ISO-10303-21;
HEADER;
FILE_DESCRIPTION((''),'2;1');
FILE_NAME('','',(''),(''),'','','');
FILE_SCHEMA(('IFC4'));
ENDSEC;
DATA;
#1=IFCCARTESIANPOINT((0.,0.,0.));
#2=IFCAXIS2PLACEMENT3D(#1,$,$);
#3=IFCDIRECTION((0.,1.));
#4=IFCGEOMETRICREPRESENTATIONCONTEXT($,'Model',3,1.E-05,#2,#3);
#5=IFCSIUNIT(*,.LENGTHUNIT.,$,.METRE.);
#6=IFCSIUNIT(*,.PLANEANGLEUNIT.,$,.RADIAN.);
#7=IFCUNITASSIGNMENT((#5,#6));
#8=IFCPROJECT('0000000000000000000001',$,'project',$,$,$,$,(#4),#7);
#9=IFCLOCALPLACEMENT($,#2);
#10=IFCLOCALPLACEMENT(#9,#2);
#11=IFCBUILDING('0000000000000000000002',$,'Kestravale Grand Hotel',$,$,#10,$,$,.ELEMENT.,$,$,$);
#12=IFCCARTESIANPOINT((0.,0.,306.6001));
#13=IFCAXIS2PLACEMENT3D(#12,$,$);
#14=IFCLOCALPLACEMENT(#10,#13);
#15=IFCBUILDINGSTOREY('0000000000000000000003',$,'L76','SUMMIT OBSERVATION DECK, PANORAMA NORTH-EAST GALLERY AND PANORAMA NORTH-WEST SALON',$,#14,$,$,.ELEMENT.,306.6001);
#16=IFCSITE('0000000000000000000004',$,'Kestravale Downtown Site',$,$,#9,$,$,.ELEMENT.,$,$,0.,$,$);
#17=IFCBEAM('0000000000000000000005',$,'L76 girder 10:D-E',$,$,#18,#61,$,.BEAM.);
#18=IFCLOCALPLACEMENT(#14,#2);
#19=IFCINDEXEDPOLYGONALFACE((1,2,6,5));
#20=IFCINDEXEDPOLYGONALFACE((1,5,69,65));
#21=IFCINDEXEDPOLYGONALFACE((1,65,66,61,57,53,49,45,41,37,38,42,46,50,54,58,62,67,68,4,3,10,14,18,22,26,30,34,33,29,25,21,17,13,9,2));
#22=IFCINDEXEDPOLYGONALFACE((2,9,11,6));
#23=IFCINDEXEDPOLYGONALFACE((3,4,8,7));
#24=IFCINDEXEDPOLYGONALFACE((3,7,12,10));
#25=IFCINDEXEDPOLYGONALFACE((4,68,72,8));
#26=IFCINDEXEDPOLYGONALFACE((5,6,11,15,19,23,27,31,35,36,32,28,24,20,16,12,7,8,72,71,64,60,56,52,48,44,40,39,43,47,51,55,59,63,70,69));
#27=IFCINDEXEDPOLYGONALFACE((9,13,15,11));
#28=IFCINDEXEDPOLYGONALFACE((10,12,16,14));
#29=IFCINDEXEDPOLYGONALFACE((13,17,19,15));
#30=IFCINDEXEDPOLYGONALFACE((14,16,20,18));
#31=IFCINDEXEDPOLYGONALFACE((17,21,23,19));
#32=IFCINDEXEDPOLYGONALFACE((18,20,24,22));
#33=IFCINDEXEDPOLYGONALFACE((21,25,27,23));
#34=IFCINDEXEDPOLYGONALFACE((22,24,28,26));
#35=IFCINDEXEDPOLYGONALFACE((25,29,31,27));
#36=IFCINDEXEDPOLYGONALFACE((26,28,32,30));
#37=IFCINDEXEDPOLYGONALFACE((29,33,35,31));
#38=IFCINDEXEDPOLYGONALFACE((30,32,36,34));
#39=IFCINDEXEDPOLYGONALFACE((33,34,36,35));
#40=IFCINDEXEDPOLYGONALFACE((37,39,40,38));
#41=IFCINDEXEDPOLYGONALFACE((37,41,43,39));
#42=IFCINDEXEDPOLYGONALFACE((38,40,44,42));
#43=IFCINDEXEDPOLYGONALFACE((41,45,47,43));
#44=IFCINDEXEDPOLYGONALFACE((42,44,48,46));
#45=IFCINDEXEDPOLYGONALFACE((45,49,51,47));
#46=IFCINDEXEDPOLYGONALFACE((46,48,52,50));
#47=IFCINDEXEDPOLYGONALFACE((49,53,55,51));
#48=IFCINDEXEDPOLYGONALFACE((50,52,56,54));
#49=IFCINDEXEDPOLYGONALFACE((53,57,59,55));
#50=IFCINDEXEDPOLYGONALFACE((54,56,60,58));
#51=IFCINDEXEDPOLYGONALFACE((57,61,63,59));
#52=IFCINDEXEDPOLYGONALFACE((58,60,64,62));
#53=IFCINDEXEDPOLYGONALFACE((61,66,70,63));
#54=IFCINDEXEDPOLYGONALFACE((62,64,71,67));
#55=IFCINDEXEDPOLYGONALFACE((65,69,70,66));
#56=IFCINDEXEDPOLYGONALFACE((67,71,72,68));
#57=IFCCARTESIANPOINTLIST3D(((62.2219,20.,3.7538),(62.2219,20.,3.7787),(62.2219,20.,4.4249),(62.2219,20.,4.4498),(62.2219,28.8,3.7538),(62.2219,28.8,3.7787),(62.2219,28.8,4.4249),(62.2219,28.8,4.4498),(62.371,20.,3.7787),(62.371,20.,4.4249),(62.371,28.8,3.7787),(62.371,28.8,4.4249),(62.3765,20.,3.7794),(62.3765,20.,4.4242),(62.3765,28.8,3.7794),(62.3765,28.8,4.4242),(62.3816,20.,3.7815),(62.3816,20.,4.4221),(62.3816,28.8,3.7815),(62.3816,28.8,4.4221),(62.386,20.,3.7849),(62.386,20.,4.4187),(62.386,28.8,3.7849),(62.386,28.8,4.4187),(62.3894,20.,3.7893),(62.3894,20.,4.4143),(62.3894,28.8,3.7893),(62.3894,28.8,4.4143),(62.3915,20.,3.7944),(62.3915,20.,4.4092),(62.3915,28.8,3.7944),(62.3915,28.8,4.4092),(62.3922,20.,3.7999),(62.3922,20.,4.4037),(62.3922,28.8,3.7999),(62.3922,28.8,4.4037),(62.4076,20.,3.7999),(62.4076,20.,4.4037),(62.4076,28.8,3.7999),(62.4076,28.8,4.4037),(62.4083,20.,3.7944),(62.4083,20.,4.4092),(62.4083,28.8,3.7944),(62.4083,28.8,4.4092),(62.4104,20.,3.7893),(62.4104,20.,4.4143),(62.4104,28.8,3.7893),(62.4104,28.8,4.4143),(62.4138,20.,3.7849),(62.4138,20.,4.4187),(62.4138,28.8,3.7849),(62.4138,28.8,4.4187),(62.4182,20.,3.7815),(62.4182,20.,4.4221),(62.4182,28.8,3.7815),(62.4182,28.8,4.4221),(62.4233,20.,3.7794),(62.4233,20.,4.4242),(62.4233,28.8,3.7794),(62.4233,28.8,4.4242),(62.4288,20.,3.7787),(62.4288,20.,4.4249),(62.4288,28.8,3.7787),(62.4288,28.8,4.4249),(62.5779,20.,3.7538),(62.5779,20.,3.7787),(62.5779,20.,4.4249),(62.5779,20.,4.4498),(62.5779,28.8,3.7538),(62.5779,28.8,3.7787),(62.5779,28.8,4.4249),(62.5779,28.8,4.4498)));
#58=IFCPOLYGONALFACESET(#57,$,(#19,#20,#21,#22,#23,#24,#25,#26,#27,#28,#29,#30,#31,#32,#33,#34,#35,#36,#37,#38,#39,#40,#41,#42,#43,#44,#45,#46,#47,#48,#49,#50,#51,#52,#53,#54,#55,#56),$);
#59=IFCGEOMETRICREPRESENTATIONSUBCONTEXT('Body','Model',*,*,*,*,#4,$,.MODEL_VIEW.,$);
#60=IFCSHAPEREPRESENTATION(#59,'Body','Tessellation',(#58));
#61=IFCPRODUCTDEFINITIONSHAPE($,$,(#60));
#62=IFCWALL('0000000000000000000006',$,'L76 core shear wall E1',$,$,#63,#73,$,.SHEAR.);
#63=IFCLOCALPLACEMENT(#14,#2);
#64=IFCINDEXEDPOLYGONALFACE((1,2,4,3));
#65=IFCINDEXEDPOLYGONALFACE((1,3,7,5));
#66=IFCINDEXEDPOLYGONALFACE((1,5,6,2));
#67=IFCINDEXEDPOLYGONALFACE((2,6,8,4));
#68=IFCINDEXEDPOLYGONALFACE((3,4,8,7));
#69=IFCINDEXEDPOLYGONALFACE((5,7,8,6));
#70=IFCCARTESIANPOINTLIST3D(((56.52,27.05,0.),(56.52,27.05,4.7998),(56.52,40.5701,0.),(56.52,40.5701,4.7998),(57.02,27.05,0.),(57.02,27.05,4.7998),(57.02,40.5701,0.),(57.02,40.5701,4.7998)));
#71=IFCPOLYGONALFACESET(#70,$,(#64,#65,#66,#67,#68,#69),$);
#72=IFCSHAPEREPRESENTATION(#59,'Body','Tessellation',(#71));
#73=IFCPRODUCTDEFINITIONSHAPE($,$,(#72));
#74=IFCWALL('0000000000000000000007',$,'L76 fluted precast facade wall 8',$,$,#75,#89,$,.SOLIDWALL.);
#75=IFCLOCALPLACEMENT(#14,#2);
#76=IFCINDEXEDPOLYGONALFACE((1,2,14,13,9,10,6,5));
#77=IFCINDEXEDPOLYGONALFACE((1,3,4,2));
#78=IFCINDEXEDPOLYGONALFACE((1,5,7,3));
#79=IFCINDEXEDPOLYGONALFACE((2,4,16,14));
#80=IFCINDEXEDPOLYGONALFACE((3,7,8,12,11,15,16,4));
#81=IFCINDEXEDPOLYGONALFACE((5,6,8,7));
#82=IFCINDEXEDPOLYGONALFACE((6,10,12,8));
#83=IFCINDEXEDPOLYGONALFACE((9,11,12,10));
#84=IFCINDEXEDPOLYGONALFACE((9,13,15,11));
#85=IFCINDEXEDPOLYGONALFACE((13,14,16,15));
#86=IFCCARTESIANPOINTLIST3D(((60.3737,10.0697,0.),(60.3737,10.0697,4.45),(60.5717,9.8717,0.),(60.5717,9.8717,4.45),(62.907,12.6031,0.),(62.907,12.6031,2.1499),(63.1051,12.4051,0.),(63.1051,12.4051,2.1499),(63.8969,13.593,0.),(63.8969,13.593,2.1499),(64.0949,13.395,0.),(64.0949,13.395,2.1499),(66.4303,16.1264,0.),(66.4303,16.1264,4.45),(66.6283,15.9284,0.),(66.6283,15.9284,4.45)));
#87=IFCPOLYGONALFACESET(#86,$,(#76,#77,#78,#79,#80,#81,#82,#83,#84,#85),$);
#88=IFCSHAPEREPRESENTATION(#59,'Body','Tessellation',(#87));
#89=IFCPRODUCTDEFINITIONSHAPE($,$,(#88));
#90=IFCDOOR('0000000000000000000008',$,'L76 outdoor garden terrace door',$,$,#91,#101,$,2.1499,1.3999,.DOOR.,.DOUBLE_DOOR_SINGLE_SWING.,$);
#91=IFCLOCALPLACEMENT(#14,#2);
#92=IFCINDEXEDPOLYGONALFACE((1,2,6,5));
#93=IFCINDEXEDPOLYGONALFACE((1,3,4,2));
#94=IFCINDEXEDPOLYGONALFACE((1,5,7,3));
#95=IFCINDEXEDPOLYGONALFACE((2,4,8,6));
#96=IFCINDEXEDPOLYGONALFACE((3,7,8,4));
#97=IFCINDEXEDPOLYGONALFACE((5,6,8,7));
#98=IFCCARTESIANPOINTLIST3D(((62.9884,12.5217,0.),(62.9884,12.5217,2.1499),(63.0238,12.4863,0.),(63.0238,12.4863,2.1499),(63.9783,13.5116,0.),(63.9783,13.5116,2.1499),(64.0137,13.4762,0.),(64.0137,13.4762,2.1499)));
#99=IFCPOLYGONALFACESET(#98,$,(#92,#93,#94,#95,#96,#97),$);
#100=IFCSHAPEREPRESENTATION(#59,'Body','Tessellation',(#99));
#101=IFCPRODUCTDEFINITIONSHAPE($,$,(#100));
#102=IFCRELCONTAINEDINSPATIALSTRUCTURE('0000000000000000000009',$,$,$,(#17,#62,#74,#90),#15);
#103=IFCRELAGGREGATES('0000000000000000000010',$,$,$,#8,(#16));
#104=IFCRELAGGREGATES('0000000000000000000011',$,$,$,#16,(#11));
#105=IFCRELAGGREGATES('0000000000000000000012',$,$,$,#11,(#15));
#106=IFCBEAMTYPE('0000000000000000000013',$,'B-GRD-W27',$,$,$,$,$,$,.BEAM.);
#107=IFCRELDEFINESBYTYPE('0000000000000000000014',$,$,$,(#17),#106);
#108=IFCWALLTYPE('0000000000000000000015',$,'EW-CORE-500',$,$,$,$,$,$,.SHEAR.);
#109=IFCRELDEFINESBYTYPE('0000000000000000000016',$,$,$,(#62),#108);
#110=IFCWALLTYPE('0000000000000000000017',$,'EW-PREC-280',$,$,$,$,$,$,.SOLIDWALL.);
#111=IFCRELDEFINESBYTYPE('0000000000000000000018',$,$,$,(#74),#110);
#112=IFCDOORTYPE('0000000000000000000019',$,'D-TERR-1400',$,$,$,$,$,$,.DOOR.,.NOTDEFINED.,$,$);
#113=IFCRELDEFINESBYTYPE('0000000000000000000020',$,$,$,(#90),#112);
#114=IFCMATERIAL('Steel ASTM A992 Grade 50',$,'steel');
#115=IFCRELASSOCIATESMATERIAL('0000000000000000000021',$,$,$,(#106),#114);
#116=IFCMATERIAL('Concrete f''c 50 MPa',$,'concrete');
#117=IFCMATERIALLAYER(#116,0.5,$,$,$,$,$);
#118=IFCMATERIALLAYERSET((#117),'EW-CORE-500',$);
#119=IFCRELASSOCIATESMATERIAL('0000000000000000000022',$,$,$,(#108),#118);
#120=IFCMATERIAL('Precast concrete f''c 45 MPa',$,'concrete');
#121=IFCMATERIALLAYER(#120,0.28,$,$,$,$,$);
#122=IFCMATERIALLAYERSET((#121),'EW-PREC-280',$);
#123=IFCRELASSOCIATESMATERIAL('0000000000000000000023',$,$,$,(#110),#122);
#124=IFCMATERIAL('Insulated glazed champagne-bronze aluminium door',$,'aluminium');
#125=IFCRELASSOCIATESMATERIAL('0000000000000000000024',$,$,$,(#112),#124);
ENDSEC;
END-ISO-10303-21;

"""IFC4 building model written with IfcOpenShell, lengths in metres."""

from ifc_helpers import new_model, si_unit, direction, frame, frame_2d, origin, origin_2d, place, context, subcontext, project, spatial, rectangle, i_section, extrude, material, layer, layer_set, material_profile, profile_set, type_object, element, fill, save


model = new_model("IFC4")

# Units and contexts
model_context = context("Model", 3, precision=1e-05, world=origin(), true_north=direction((0.0, 1.0)))
body_context = subcontext(model_context, "Body", "Model", "MODEL_VIEW")
ifc_project = project(units=[si_unit("LENGTHUNIT", "METRE"), si_unit("PLANEANGLEUNIT", "RADIAN")], contexts=[model_context])

# Site, building, storey
site_placement = place(None, origin())
site = spatial("IfcSite", under=ifc_project, at=site_placement, Name="Kestravale Downtown Site", CompositionType="ELEMENT", RefElevation=0.0)
building_placement = place(site_placement, origin())
building = spatial("IfcBuilding", under=site, at=building_placement, Name="Kestravale Grand Hotel", CompositionType="ELEMENT")
storey_placement = place(building_placement, frame((0.0, 0.0, 306.6001)))
storey = spatial("IfcBuildingStorey", under=building, at=storey_placement, Name="L76", Description="SUMMIT OBSERVATION DECK, PANORAMA NORTH-EAST GALLERY AND PANORAMA NORTH-WEST SALON", CompositionType="ELEMENT", Elevation=306.6001)

# Beam
ifc_material_1 = material(Name="Steel ASTM A992 Grade 50", Category="steel")
ifc_material_profile_1 = material_profile(ifc_material_1, i_section(OverallWidth=0.356, OverallDepth=0.696, WebThickness=0.0154, FlangeThickness=0.0249, FilletRadius=0.0212, at=origin_2d()))
ifc_profile_set_1 = profile_set([ifc_material_profile_1], Name="Steel ASTM A992 Grade 50")
beam_type_1 = type_object("IfcBeamType", Name="B-GRD-W27", PredefinedType="BEAM", material=ifc_profile_set_1)
beam_1_placement = place(storey_placement, frame((62.3999, 20.0, 4.1018), z_axis=(0.0, 1.0, 0.0), x_axis=(-1.0, 0.0, 0.0)))
element("IfcBeam", 1, at=beam_1_placement, inside=storey, type_object=beam_type_1, Name="L76 girder 10:D-E", PredefinedType="BEAM", context=body_context, shape_type="SweptSolid", body=[
    extrude(i_section(OverallWidth=0.356, OverallDepth=0.696, WebThickness=0.0154, FlangeThickness=0.0249, FilletRadius=0.0212, at=origin_2d()), origin(), (0.0, 0.0, 1.0), 8.8),
])

# Wall
ifc_material_2 = material(Name="Concrete f'c 50 MPa", Category="concrete")
ifc_layer_1 = layer(ifc_material_2, 0.5)
ifc_layer_set_1 = layer_set([ifc_layer_1], Name="EW-CORE-500")
wall_type_1 = type_object("IfcWallType", Name="EW-CORE-500", PredefinedType="SHEAR", material=ifc_layer_set_1)
wall_1_placement = place(storey_placement, frame((56.77, 27.05, 0.0), z_axis=(0.0, 0.0, 1.0), x_axis=(0.0, 1.0, 0.0)))
element("IfcWall", 2, at=wall_1_placement, inside=storey, type_object=wall_type_1, Name="L76 core shear wall E1", PredefinedType="SHEAR", context=body_context, shape_type="SweptSolid", body=[
    extrude(rectangle(XDim=13.52, YDim=0.5, at=frame_2d((6.76, 0.0))), origin(), (0.0, 0.0, 1.0), 4.7998),
])

# Wall, opening, door
ifc_material_3 = material(Name="Precast concrete f'c 45 MPa", Category="concrete")
ifc_layer_2 = layer(ifc_material_3, 0.28)
ifc_layer_set_2 = layer_set([ifc_layer_2], Name="EW-PREC-280")
wall_type_2 = type_object("IfcWallType", Name="EW-PREC-280", PredefinedType="SOLIDWALL", material=ifc_layer_set_2)
wall_2_placement = place(storey_placement, frame((60.4727, 9.9707, 0.0), z_axis=(0.0, 0.0, 1.0), x_axis=(0.707107, 0.707107, 0.0)))
wall_2 = element("IfcWall", 3, at=wall_2_placement, inside=storey, type_object=wall_type_2, Name="L76 fluted precast facade wall 8", PredefinedType="SOLIDWALL", context=body_context, shape_type="SweptSolid", body=[
    extrude(rectangle(XDim=8.5654, YDim=0.28, at=frame_2d((4.2827, 0.0))), origin(), (0.0, 0.0, 1.0), 4.45),
])
opening_1_placement = place(wall_2_placement, frame((3.5828, 0.0, 0.0)))
opening_1 = element("IfcOpeningElement", 4, at=opening_1_placement, cuts=wall_2, PredefinedType="OPENING", context=body_context, shape_type="SweptSolid", body=[
    extrude(rectangle(XDim=1.3999, YDim=2.1499, at=frame_2d((0.7, 1.075))), frame((0.0, 0.1499, 0.0), z_axis=(0.0, -1.0, 0.0), x_axis=(1.0, 0.0, 0.0)), (0.0, 0.0, 1.0), 0.3),
])
ifc_material_4 = material(Name="Insulated glazed champagne-bronze aluminium door", Category="aluminium")
door_type_1 = type_object("IfcDoorType", Name="D-TERR-1400", OperationType="NOTDEFINED", PredefinedType="DOOR", material=ifc_material_4)
door_1_placement = place(opening_1_placement, origin())
door_1 = element("IfcDoor", 5, at=door_1_placement, inside=storey, type_object=door_type_1, Name="L76 outdoor garden terrace door", OperationType="DOUBLE_DOOR_SINGLE_SWING", OverallHeight=2.1499, OverallWidth=1.3999, PredefinedType="DOOR", context=body_context, shape_type="SweptSolid", body=[
    extrude(rectangle(XDim=1.3999, YDim=2.1499, at=frame_2d((0.7, 1.075))), frame((0.0, 0.0249, 0.0), z_axis=(0.0, -1.0, 0.0), x_axis=(1.0, 0.0, 0.0)), (0.0, 0.0, 1.0), 0.05),
])
fill(opening_1, door_1)

save(model, "model.ifc")
